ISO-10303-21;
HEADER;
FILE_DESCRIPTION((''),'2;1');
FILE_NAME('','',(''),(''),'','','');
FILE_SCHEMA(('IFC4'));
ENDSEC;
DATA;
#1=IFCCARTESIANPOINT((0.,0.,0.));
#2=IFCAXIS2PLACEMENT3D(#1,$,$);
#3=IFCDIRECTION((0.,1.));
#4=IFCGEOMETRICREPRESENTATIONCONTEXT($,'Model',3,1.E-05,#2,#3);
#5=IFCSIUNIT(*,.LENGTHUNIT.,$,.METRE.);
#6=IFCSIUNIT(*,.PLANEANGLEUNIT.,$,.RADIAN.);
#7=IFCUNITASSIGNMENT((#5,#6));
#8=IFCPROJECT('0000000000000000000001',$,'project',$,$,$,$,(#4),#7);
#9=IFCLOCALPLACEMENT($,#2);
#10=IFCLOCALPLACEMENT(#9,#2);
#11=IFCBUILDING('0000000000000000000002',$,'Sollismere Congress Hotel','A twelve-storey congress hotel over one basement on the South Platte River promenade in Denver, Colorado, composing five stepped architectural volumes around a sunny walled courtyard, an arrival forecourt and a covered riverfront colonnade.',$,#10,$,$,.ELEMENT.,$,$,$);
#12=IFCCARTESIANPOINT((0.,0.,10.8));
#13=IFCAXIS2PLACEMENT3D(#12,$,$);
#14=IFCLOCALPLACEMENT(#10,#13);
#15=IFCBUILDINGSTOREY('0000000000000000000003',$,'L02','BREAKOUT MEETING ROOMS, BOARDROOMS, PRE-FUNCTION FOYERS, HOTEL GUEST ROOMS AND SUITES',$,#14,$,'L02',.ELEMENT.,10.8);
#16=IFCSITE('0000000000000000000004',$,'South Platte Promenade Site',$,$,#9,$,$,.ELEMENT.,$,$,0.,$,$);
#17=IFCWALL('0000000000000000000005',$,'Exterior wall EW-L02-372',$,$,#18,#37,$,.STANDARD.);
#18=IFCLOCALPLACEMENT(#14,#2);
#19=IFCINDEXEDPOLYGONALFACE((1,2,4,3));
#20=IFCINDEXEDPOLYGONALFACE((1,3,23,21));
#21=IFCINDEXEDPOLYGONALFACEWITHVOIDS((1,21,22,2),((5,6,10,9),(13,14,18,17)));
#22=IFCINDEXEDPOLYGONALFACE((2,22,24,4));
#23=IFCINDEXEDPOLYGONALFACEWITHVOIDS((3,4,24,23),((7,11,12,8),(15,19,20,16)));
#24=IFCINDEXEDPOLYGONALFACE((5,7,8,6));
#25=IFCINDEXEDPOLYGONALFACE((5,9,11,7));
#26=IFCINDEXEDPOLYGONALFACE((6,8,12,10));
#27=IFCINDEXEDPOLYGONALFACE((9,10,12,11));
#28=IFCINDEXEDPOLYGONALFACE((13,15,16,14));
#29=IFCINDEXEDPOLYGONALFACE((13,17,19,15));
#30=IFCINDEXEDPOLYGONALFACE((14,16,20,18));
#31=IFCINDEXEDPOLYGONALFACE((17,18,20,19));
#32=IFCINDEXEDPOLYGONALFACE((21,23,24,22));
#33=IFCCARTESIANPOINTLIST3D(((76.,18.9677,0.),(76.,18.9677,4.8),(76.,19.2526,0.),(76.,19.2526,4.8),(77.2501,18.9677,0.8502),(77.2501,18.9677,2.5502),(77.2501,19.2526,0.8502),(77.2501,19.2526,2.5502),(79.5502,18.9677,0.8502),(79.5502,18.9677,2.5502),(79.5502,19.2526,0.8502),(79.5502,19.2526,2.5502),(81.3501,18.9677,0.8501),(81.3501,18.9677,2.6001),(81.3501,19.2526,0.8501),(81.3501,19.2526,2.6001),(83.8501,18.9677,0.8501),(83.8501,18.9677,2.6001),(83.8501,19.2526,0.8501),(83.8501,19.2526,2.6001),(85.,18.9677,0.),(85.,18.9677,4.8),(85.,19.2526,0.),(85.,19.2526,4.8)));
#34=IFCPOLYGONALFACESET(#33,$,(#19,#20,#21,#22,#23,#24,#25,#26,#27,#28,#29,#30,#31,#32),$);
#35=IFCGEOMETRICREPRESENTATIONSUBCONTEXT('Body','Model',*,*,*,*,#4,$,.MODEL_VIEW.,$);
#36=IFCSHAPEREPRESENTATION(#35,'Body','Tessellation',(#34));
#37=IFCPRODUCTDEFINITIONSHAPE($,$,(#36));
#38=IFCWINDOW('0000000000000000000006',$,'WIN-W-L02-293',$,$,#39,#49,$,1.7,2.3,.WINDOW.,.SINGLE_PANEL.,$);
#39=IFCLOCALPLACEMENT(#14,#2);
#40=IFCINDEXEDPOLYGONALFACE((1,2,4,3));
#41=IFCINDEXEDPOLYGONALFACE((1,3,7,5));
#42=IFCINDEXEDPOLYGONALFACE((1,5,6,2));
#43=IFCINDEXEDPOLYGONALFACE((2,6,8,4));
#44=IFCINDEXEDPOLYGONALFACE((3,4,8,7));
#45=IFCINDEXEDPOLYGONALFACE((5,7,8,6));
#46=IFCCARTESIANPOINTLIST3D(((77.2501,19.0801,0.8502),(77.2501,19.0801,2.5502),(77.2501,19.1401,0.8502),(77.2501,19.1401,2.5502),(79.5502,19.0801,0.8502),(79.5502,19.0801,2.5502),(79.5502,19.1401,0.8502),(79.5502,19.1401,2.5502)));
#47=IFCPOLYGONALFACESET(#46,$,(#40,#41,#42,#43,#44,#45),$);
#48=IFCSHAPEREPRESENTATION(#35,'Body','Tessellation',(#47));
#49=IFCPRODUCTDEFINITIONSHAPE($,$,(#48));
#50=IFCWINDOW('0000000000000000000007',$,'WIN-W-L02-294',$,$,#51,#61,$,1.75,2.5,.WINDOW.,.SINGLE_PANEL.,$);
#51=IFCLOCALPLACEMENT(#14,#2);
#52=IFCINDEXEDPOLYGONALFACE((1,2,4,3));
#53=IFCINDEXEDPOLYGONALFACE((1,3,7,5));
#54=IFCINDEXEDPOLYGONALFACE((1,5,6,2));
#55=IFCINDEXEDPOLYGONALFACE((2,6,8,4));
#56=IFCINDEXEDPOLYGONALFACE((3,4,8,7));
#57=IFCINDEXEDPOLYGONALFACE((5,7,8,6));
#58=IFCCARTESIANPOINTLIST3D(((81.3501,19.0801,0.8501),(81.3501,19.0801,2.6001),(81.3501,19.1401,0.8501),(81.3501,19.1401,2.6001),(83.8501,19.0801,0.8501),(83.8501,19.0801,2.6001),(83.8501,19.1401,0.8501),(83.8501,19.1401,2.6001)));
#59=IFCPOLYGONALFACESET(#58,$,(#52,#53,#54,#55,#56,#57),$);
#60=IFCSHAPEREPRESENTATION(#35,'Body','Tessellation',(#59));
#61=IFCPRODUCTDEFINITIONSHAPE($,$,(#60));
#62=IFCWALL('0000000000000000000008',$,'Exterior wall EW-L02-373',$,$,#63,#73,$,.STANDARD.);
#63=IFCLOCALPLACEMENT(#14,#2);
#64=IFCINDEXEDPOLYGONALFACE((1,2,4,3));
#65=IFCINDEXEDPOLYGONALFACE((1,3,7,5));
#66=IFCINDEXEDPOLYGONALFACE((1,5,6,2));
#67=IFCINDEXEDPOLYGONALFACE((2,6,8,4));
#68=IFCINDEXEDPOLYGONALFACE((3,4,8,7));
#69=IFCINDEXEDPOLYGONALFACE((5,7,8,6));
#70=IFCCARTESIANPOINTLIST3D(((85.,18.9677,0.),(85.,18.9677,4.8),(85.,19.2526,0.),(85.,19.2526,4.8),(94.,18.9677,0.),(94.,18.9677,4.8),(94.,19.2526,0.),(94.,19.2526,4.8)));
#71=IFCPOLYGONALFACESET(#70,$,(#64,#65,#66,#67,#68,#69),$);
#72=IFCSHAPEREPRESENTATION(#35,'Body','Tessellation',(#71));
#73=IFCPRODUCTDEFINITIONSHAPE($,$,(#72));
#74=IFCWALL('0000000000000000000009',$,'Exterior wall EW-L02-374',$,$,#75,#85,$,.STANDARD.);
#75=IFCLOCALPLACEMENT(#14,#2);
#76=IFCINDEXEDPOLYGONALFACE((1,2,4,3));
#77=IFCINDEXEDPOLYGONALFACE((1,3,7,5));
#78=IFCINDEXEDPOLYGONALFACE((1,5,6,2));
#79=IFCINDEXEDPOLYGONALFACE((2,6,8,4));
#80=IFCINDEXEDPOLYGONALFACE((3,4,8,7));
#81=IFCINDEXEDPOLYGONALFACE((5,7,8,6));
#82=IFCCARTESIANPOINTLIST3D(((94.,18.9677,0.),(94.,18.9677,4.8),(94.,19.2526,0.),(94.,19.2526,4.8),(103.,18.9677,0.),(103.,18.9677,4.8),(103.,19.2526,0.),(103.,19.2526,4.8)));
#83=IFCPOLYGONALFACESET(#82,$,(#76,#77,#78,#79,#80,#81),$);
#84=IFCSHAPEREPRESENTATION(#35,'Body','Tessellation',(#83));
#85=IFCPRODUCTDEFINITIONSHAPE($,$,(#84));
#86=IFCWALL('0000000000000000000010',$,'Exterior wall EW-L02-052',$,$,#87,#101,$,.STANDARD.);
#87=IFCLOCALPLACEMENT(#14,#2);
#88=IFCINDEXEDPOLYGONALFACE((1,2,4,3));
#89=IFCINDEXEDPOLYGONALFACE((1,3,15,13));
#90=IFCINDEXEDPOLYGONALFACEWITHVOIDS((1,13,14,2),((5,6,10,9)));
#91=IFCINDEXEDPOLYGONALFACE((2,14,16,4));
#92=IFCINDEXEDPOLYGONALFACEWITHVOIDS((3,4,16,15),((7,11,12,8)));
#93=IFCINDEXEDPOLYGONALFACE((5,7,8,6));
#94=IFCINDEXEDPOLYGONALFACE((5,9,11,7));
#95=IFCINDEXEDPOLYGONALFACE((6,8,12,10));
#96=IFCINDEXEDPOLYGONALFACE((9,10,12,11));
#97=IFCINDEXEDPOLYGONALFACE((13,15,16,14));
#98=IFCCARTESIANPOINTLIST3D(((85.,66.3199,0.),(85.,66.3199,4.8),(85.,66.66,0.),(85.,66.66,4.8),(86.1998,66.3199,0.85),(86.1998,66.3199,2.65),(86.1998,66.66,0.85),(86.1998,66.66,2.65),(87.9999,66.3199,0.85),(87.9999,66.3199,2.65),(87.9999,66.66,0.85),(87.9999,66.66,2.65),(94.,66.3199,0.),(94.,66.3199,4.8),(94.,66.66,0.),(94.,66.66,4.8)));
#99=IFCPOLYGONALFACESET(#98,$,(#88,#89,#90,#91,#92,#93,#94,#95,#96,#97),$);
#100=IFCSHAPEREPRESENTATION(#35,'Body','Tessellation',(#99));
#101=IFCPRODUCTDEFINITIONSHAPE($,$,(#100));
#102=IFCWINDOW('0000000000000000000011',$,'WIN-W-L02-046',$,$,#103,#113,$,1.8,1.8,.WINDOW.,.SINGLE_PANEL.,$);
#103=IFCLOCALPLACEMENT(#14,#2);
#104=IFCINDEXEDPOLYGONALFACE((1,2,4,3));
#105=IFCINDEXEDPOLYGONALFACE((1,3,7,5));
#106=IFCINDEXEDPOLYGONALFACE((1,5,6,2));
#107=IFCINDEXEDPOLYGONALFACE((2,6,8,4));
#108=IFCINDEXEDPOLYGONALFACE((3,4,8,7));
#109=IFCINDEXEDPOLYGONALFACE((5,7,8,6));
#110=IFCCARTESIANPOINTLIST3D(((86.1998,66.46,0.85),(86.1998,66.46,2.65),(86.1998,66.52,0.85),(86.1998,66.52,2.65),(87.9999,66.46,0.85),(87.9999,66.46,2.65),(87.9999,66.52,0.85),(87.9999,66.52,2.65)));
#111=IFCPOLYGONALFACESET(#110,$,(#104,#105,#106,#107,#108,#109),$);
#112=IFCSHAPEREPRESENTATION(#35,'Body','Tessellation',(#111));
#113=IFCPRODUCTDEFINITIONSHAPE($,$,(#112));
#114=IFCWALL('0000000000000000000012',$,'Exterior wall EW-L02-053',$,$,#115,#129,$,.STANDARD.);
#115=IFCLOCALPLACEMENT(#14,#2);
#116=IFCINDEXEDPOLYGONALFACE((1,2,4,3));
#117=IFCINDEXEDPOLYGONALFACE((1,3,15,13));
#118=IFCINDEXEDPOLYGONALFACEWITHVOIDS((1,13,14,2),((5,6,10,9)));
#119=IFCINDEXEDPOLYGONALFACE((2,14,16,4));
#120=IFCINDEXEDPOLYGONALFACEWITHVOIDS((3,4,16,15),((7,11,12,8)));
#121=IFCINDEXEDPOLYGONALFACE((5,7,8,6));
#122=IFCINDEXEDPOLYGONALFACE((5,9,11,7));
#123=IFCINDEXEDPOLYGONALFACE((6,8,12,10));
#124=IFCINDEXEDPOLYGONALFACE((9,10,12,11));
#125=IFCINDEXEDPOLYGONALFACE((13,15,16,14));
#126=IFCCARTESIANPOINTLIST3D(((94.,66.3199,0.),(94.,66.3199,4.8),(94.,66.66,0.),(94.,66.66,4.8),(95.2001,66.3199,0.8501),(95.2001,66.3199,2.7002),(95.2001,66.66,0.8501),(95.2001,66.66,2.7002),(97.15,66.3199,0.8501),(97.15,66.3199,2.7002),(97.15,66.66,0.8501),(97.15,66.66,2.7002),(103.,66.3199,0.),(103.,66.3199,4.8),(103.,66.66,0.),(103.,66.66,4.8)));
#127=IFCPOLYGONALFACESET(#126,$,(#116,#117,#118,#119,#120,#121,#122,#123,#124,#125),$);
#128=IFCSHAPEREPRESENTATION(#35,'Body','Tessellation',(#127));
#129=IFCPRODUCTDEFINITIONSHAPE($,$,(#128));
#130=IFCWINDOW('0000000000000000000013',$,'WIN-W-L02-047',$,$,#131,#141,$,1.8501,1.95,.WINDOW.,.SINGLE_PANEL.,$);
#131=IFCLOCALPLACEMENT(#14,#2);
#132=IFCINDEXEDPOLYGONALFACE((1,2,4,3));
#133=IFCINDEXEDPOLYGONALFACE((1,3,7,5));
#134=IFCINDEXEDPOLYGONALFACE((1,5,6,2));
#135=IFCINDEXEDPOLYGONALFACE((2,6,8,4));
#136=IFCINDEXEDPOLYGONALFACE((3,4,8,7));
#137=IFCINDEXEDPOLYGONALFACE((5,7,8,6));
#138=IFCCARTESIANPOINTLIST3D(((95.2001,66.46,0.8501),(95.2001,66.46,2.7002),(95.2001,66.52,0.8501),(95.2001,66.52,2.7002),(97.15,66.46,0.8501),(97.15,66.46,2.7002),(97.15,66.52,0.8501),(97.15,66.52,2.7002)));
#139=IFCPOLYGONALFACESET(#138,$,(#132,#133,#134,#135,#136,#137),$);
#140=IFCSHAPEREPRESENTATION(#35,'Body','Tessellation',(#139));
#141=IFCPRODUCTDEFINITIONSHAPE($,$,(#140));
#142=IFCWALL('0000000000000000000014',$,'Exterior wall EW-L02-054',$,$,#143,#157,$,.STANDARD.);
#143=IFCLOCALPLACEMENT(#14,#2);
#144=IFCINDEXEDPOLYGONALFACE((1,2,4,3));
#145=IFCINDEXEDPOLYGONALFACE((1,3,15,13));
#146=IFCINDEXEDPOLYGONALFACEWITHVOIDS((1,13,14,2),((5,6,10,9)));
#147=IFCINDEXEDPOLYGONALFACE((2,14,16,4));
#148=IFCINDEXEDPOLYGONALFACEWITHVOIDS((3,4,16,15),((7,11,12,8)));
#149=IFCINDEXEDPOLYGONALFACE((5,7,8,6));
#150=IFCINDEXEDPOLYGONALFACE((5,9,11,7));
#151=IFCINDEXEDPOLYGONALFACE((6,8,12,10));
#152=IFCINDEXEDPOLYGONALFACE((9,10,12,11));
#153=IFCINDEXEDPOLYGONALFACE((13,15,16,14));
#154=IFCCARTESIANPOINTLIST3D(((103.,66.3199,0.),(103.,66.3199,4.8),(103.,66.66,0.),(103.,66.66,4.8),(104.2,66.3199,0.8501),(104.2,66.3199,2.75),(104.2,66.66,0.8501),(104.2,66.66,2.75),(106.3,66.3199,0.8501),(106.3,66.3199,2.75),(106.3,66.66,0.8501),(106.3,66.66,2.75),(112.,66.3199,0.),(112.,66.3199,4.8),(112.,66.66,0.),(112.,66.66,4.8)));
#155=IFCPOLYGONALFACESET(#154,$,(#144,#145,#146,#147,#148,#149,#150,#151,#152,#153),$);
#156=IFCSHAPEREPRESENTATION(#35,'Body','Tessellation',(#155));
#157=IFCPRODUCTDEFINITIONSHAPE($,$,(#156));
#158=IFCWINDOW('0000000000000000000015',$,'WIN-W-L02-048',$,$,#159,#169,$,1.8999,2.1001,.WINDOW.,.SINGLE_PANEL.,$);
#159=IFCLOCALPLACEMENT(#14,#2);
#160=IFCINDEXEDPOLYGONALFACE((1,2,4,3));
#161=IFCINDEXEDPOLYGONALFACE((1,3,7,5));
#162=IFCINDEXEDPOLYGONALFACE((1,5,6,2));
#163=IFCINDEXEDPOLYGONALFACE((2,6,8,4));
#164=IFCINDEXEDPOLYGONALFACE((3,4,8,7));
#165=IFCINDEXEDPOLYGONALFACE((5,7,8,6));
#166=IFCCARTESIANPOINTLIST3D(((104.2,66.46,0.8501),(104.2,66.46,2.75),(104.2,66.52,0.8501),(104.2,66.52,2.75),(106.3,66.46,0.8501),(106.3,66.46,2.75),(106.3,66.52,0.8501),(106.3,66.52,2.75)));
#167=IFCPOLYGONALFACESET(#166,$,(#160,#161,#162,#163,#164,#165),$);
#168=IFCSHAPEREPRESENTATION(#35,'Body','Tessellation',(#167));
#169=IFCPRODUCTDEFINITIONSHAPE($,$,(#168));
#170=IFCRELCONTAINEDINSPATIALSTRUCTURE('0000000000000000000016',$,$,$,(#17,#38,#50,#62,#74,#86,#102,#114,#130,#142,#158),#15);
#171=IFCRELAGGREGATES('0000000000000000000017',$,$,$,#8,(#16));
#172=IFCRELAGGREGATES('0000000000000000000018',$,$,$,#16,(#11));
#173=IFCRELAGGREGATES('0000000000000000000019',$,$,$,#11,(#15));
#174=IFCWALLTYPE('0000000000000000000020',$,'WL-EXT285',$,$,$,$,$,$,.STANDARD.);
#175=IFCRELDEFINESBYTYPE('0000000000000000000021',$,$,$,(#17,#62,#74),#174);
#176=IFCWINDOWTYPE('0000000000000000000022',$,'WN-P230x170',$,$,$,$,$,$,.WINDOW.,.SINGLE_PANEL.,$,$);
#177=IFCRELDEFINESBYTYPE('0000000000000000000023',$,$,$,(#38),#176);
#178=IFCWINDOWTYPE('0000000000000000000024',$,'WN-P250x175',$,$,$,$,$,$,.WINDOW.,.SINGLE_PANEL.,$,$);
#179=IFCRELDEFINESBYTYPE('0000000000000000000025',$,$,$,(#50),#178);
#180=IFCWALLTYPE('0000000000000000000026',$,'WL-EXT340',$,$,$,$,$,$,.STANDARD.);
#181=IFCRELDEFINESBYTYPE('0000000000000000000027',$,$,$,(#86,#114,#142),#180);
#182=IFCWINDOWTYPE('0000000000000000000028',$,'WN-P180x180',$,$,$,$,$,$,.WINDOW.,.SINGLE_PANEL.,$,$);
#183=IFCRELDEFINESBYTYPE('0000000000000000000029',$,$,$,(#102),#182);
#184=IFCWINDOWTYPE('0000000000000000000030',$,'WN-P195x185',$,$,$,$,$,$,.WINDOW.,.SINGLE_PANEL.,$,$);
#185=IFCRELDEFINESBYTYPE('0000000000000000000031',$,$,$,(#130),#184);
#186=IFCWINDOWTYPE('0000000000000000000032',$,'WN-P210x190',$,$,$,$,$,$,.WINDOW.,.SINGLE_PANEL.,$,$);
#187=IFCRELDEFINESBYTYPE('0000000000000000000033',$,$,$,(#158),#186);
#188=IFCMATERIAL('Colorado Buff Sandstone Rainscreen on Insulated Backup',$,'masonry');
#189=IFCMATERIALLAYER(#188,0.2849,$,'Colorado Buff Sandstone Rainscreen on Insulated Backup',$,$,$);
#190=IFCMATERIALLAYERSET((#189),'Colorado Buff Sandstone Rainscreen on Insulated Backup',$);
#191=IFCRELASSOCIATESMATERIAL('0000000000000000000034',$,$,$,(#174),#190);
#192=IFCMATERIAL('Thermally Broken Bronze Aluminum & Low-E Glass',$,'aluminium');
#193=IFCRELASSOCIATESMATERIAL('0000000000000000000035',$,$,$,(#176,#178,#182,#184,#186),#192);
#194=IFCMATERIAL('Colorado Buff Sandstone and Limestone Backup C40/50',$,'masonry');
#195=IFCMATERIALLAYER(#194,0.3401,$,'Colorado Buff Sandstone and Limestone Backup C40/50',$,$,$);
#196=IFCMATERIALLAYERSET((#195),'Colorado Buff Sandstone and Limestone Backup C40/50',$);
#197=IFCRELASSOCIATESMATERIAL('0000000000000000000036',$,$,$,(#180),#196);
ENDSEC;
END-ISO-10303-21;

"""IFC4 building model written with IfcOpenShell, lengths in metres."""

from ifc_helpers import new_model, si_unit, direction, frame, frame_2d, origin, place, context, subcontext, project, spatial, rectangle, extrude, material, layer, layer_set, type_object, element, fill, save


model = new_model("IFC4")

# Units and contexts
model_context = context("Model", 3, precision=1e-05, world=origin(), true_north=direction((0.0, 1.0)))
body_context = subcontext(model_context, "Body", "Model", "MODEL_VIEW")
ifc_project = project(units=[si_unit("LENGTHUNIT", "METRE"), si_unit("PLANEANGLEUNIT", "RADIAN")], contexts=[model_context])

# Site, building, storey
site_placement = place(None, origin())
site = spatial("IfcSite", under=ifc_project, at=site_placement, Name="South Platte Promenade Site", CompositionType="ELEMENT", RefElevation=0.0)
building_placement = place(site_placement, origin())
building = spatial("IfcBuilding", under=site, at=building_placement, Name="Sollismere Congress Hotel", Description="A twelve-storey congress hotel over one basement on the South Platte River promenade in Denver, Colorado, composing five stepped architectural volumes around a sunny walled courtyard, an arrival forecourt and a covered riverfront colonnade.", CompositionType="ELEMENT")
storey_placement = place(building_placement, frame((0.0, 0.0, 10.8)))
storey = spatial("IfcBuildingStorey", under=building, at=storey_placement, Name="L02", Description="BREAKOUT MEETING ROOMS, BOARDROOMS, PRE-FUNCTION FOYERS, HOTEL GUEST ROOMS AND SUITES", LongName="L02", CompositionType="ELEMENT", Elevation=10.8)

# Wall, openings, windows
ifc_material_1 = material(Name="Colorado Buff Sandstone Rainscreen on Insulated Backup", Category="masonry")
ifc_layer_1 = layer(ifc_material_1, 0.2849, Name="Colorado Buff Sandstone Rainscreen on Insulated Backup")
ifc_layer_set_1 = layer_set([ifc_layer_1], Name="Colorado Buff Sandstone Rainscreen on Insulated Backup")
wall_type_1 = type_object("IfcWallType", Name="WL-EXT285", PredefinedType="STANDARD", material=ifc_layer_set_1)
wall_1_placement = place(storey_placement, frame((85.0, 19.1101, 0.0), z_axis=(0.0, 0.0, 1.0), x_axis=(-1.0, 0.0, 0.0)))
wall_1 = element("IfcWall", 1, at=wall_1_placement, inside=storey, type_object=wall_type_1, Name="Exterior wall EW-L02-372", PredefinedType="STANDARD", context=body_context, shape_type="SweptSolid", body=[
    extrude(rectangle(XDim=9.0, YDim=0.2849, at=frame_2d((4.5, 0.0))), origin(), (0.0, 0.0, 1.0), 4.8),
])
opening_1_placement = place(wall_1_placement, frame((5.45, 0.0, 0.8501)))
opening_1 = element("IfcOpeningElement", 2, at=opening_1_placement, cuts=wall_1, PredefinedType="OPENING", context=body_context, shape_type="SweptSolid", body=[
    extrude(rectangle(XDim=2.3, YDim=1.7, at=frame_2d((1.1499, 0.8501))), frame((0.0, 0.1523, 0.0), z_axis=(0.0, -1.0, 0.0), x_axis=(1.0, 0.0, 0.0)), (0.0, 0.0, 1.0), 0.3049),
])
opening_2_placement = place(wall_1_placement, frame((1.1499, 0.0, 0.8501)))
opening_2 = element("IfcOpeningElement", 3, at=opening_2_placement, cuts=wall_1, PredefinedType="OPENING", context=body_context, shape_type="SweptSolid", body=[
    extrude(rectangle(XDim=2.5, YDim=1.75, at=frame_2d((1.25, 0.875))), frame((0.0, 0.1523, 0.0), z_axis=(0.0, -1.0, 0.0), x_axis=(1.0, 0.0, 0.0)), (0.0, 0.0, 1.0), 0.3049),
])
ifc_material_2 = material(Name="Thermally Broken Bronze Aluminum & Low-E Glass", Category="aluminium")
window_type_1 = type_object("IfcWindowType", Name="WN-P230x170", PartitioningType="SINGLE_PANEL", PredefinedType="WINDOW", material=ifc_material_2)
window_1_placement = place(opening_1_placement, origin())
window_1 = element("IfcWindow", 4, at=window_1_placement, inside=storey, type_object=window_type_1, Name="WIN-W-L02-293", OverallHeight=1.7, OverallWidth=2.3, PartitioningType="SINGLE_PANEL", PredefinedType="WINDOW", context=body_context, shape_type="SweptSolid", body=[
    extrude(rectangle(XDim=2.3, YDim=1.7, at=frame_2d((1.1499, 0.8501))), frame((0.0, 0.03, 0.0), z_axis=(0.0, -1.0, 0.0), x_axis=(1.0, 0.0, 0.0)), (0.0, 0.0, 1.0), 0.0601),
])
fill(opening_1, window_1)
window_type_2 = type_object("IfcWindowType", Name="WN-P250x175", PartitioningType="SINGLE_PANEL", PredefinedType="WINDOW", material=ifc_material_2)
window_2_placement = place(opening_2_placement, origin())
window_2 = element("IfcWindow", 5, at=window_2_placement, inside=storey, type_object=window_type_2, Name="WIN-W-L02-294", OverallHeight=1.75, OverallWidth=2.5, PartitioningType="SINGLE_PANEL", PredefinedType="WINDOW", context=body_context, shape_type="SweptSolid", body=[
    extrude(rectangle(XDim=2.5, YDim=1.75, at=frame_2d((1.25, 0.875))), frame((0.0, 0.03, 0.0), z_axis=(0.0, -1.0, 0.0), x_axis=(1.0, 0.0, 0.0)), (0.0, 0.0, 1.0), 0.0601),
])
fill(opening_2, window_2)

# Walls
for number, where, z_axis, x_axis, name in (
    (6, (94.0, 19.1101, 0.0), (0.0, 0.0, 1.0), (-1.0, 0.0, 0.0), "Exterior wall EW-L02-373"),
    (7, (103.0, 19.1101, 0.0), (0.0, 0.0, 1.0), (-1.0, 0.0, 0.0), "Exterior wall EW-L02-374"),
):
    element("IfcWall", number, at=place(storey_placement, frame(where, z_axis=z_axis, x_axis=x_axis)), inside=storey, type_object=wall_type_1, Name=name, PredefinedType="STANDARD", context=body_context, shape_type="SweptSolid", body=[
        extrude(rectangle(XDim=9.0, YDim=0.2849, at=frame_2d((4.5, 0.0))), origin(), (0.0, 0.0, 1.0), 4.8),
    ])

# Walls, openings, windows
ifc_material_3 = material(Name="Colorado Buff Sandstone and Limestone Backup C40/50", Category="masonry")
ifc_layer_2 = layer(ifc_material_3, 0.3401, Name="Colorado Buff Sandstone and Limestone Backup C40/50")
ifc_layer_set_2 = layer_set([ifc_layer_2], Name="Colorado Buff Sandstone and Limestone Backup C40/50")
wall_type_2 = type_object("IfcWallType", Name="WL-EXT340", PredefinedType="STANDARD", material=ifc_layer_set_2)
wall_2_placement = place(storey_placement, frame((85.0, 66.49, 0.0), z_axis=(0.0, 0.0, 1.0), x_axis=(1.0, 0.0, 0.0)))
wall_2 = element("IfcWall", 8, at=wall_2_placement, inside=storey, type_object=wall_type_2, Name="Exterior wall EW-L02-052", PredefinedType="STANDARD", context=body_context, shape_type="SweptSolid", body=[
    extrude(rectangle(XDim=9.0, YDim=0.3401, at=frame_2d((4.5, 0.0))), origin(), (0.0, 0.0, 1.0), 4.8),
])
opening_3_placement = place(wall_2_placement, frame((1.2, 0.0, 0.8501)))
opening_3 = element("IfcOpeningElement", 9, at=opening_3_placement, cuts=wall_2, PredefinedType="OPENING", context=body_context, shape_type="SweptSolid", body=[
    extrude(rectangle(XDim=1.8, YDim=1.8, at=frame_2d((0.8999, 0.8999))), frame((0.0, 0.1799, 0.0), z_axis=(0.0, -1.0, 0.0), x_axis=(1.0, 0.0, 0.0)), (0.0, 0.0, 1.0), 0.3601),
])
window_type_3 = type_object("IfcWindowType", Name="WN-P180x180", PartitioningType="SINGLE_PANEL", PredefinedType="WINDOW", material=ifc_material_2)
window_3_placement = place(opening_3_placement, origin())
window_3 = element("IfcWindow", 10, at=window_3_placement, inside=storey, type_object=window_type_3, Name="WIN-W-L02-046", OverallHeight=1.8, OverallWidth=1.8, PartitioningType="SINGLE_PANEL", PredefinedType="WINDOW", context=body_context, shape_type="SweptSolid", body=[
    extrude(rectangle(XDim=1.8, YDim=1.8, at=frame_2d((0.8999, 0.8999))), frame((0.0, 0.03, 0.0), z_axis=(0.0, -1.0, 0.0), x_axis=(1.0, 0.0, 0.0)), (0.0, 0.0, 1.0), 0.0601),
])
fill(opening_3, window_3)
wall_3_placement = place(storey_placement, frame((94.0, 66.49, 0.0), z_axis=(0.0, 0.0, 1.0), x_axis=(1.0, 0.0, 0.0)))
wall_3 = element("IfcWall", 11, at=wall_3_placement, inside=storey, type_object=wall_type_2, Name="Exterior wall EW-L02-053", PredefinedType="STANDARD", context=body_context, shape_type="SweptSolid", body=[
    extrude(rectangle(XDim=9.0, YDim=0.3401, at=frame_2d((4.5, 0.0))), origin(), (0.0, 0.0, 1.0), 4.8),
])
opening_4_placement = place(wall_3_placement, frame((1.2, 0.0, 0.8501)))
opening_4 = element("IfcOpeningElement", 12, at=opening_4_placement, cuts=wall_3, PredefinedType="OPENING", context=body_context, shape_type="SweptSolid", body=[
    extrude(rectangle(XDim=1.95, YDim=1.8501, at=frame_2d((0.9751, 0.925))), frame((0.0, 0.1799, 0.0), z_axis=(0.0, -1.0, 0.0), x_axis=(1.0, 0.0, 0.0)), (0.0, 0.0, 1.0), 0.3601),
])
window_type_4 = type_object("IfcWindowType", Name="WN-P195x185", PartitioningType="SINGLE_PANEL", PredefinedType="WINDOW", material=ifc_material_2)
window_4_placement = place(opening_4_placement, origin())
window_4 = element("IfcWindow", 13, at=window_4_placement, inside=storey, type_object=window_type_4, Name="WIN-W-L02-047", OverallHeight=1.8501, OverallWidth=1.95, PartitioningType="SINGLE_PANEL", PredefinedType="WINDOW", context=body_context, shape_type="SweptSolid", body=[
    extrude(rectangle(XDim=1.95, YDim=1.8501, at=frame_2d((0.9751, 0.925))), frame((0.0, 0.03, 0.0), z_axis=(0.0, -1.0, 0.0), x_axis=(1.0, 0.0, 0.0)), (0.0, 0.0, 1.0), 0.0601),
])
fill(opening_4, window_4)
wall_4_placement = place(storey_placement, frame((103.0, 66.49, 0.0), z_axis=(0.0, 0.0, 1.0), x_axis=(1.0, 0.0, 0.0)))
wall_4 = element("IfcWall", 14, at=wall_4_placement, inside=storey, type_object=wall_type_2, Name="Exterior wall EW-L02-054", PredefinedType="STANDARD", context=body_context, shape_type="SweptSolid", body=[
    extrude(rectangle(XDim=9.0, YDim=0.3401, at=frame_2d((4.5, 0.0))), origin(), (0.0, 0.0, 1.0), 4.8),
])
opening_5_placement = place(wall_4_placement, frame((1.2, 0.0, 0.8501)))
opening_5 = element("IfcOpeningElement", 15, at=opening_5_placement, cuts=wall_4, PredefinedType="OPENING", context=body_context, shape_type="SweptSolid", body=[
    extrude(rectangle(XDim=2.1001, YDim=1.8999, at=frame_2d((1.05, 0.95))), frame((0.0, 0.1799, 0.0), z_axis=(0.0, -1.0, 0.0), x_axis=(1.0, 0.0, 0.0)), (0.0, 0.0, 1.0), 0.3601),
])
window_type_5 = type_object("IfcWindowType", Name="WN-P210x190", PartitioningType="SINGLE_PANEL", PredefinedType="WINDOW", material=ifc_material_2)
window_5_placement = place(opening_5_placement, origin())
window_5 = element("IfcWindow", 16, at=window_5_placement, inside=storey, type_object=window_type_5, Name="WIN-W-L02-048", OverallHeight=1.8999, OverallWidth=2.1001, PartitioningType="SINGLE_PANEL", PredefinedType="WINDOW", context=body_context, shape_type="SweptSolid", body=[
    extrude(rectangle(XDim=2.1001, YDim=1.8999, at=frame_2d((1.05, 0.95))), frame((0.0, 0.03, 0.0), z_axis=(0.0, -1.0, 0.0), x_axis=(1.0, 0.0, 0.0)), (0.0, 0.0, 1.0), 0.0601),
])
fill(opening_5, window_5)

save(model, "model.ifc")
